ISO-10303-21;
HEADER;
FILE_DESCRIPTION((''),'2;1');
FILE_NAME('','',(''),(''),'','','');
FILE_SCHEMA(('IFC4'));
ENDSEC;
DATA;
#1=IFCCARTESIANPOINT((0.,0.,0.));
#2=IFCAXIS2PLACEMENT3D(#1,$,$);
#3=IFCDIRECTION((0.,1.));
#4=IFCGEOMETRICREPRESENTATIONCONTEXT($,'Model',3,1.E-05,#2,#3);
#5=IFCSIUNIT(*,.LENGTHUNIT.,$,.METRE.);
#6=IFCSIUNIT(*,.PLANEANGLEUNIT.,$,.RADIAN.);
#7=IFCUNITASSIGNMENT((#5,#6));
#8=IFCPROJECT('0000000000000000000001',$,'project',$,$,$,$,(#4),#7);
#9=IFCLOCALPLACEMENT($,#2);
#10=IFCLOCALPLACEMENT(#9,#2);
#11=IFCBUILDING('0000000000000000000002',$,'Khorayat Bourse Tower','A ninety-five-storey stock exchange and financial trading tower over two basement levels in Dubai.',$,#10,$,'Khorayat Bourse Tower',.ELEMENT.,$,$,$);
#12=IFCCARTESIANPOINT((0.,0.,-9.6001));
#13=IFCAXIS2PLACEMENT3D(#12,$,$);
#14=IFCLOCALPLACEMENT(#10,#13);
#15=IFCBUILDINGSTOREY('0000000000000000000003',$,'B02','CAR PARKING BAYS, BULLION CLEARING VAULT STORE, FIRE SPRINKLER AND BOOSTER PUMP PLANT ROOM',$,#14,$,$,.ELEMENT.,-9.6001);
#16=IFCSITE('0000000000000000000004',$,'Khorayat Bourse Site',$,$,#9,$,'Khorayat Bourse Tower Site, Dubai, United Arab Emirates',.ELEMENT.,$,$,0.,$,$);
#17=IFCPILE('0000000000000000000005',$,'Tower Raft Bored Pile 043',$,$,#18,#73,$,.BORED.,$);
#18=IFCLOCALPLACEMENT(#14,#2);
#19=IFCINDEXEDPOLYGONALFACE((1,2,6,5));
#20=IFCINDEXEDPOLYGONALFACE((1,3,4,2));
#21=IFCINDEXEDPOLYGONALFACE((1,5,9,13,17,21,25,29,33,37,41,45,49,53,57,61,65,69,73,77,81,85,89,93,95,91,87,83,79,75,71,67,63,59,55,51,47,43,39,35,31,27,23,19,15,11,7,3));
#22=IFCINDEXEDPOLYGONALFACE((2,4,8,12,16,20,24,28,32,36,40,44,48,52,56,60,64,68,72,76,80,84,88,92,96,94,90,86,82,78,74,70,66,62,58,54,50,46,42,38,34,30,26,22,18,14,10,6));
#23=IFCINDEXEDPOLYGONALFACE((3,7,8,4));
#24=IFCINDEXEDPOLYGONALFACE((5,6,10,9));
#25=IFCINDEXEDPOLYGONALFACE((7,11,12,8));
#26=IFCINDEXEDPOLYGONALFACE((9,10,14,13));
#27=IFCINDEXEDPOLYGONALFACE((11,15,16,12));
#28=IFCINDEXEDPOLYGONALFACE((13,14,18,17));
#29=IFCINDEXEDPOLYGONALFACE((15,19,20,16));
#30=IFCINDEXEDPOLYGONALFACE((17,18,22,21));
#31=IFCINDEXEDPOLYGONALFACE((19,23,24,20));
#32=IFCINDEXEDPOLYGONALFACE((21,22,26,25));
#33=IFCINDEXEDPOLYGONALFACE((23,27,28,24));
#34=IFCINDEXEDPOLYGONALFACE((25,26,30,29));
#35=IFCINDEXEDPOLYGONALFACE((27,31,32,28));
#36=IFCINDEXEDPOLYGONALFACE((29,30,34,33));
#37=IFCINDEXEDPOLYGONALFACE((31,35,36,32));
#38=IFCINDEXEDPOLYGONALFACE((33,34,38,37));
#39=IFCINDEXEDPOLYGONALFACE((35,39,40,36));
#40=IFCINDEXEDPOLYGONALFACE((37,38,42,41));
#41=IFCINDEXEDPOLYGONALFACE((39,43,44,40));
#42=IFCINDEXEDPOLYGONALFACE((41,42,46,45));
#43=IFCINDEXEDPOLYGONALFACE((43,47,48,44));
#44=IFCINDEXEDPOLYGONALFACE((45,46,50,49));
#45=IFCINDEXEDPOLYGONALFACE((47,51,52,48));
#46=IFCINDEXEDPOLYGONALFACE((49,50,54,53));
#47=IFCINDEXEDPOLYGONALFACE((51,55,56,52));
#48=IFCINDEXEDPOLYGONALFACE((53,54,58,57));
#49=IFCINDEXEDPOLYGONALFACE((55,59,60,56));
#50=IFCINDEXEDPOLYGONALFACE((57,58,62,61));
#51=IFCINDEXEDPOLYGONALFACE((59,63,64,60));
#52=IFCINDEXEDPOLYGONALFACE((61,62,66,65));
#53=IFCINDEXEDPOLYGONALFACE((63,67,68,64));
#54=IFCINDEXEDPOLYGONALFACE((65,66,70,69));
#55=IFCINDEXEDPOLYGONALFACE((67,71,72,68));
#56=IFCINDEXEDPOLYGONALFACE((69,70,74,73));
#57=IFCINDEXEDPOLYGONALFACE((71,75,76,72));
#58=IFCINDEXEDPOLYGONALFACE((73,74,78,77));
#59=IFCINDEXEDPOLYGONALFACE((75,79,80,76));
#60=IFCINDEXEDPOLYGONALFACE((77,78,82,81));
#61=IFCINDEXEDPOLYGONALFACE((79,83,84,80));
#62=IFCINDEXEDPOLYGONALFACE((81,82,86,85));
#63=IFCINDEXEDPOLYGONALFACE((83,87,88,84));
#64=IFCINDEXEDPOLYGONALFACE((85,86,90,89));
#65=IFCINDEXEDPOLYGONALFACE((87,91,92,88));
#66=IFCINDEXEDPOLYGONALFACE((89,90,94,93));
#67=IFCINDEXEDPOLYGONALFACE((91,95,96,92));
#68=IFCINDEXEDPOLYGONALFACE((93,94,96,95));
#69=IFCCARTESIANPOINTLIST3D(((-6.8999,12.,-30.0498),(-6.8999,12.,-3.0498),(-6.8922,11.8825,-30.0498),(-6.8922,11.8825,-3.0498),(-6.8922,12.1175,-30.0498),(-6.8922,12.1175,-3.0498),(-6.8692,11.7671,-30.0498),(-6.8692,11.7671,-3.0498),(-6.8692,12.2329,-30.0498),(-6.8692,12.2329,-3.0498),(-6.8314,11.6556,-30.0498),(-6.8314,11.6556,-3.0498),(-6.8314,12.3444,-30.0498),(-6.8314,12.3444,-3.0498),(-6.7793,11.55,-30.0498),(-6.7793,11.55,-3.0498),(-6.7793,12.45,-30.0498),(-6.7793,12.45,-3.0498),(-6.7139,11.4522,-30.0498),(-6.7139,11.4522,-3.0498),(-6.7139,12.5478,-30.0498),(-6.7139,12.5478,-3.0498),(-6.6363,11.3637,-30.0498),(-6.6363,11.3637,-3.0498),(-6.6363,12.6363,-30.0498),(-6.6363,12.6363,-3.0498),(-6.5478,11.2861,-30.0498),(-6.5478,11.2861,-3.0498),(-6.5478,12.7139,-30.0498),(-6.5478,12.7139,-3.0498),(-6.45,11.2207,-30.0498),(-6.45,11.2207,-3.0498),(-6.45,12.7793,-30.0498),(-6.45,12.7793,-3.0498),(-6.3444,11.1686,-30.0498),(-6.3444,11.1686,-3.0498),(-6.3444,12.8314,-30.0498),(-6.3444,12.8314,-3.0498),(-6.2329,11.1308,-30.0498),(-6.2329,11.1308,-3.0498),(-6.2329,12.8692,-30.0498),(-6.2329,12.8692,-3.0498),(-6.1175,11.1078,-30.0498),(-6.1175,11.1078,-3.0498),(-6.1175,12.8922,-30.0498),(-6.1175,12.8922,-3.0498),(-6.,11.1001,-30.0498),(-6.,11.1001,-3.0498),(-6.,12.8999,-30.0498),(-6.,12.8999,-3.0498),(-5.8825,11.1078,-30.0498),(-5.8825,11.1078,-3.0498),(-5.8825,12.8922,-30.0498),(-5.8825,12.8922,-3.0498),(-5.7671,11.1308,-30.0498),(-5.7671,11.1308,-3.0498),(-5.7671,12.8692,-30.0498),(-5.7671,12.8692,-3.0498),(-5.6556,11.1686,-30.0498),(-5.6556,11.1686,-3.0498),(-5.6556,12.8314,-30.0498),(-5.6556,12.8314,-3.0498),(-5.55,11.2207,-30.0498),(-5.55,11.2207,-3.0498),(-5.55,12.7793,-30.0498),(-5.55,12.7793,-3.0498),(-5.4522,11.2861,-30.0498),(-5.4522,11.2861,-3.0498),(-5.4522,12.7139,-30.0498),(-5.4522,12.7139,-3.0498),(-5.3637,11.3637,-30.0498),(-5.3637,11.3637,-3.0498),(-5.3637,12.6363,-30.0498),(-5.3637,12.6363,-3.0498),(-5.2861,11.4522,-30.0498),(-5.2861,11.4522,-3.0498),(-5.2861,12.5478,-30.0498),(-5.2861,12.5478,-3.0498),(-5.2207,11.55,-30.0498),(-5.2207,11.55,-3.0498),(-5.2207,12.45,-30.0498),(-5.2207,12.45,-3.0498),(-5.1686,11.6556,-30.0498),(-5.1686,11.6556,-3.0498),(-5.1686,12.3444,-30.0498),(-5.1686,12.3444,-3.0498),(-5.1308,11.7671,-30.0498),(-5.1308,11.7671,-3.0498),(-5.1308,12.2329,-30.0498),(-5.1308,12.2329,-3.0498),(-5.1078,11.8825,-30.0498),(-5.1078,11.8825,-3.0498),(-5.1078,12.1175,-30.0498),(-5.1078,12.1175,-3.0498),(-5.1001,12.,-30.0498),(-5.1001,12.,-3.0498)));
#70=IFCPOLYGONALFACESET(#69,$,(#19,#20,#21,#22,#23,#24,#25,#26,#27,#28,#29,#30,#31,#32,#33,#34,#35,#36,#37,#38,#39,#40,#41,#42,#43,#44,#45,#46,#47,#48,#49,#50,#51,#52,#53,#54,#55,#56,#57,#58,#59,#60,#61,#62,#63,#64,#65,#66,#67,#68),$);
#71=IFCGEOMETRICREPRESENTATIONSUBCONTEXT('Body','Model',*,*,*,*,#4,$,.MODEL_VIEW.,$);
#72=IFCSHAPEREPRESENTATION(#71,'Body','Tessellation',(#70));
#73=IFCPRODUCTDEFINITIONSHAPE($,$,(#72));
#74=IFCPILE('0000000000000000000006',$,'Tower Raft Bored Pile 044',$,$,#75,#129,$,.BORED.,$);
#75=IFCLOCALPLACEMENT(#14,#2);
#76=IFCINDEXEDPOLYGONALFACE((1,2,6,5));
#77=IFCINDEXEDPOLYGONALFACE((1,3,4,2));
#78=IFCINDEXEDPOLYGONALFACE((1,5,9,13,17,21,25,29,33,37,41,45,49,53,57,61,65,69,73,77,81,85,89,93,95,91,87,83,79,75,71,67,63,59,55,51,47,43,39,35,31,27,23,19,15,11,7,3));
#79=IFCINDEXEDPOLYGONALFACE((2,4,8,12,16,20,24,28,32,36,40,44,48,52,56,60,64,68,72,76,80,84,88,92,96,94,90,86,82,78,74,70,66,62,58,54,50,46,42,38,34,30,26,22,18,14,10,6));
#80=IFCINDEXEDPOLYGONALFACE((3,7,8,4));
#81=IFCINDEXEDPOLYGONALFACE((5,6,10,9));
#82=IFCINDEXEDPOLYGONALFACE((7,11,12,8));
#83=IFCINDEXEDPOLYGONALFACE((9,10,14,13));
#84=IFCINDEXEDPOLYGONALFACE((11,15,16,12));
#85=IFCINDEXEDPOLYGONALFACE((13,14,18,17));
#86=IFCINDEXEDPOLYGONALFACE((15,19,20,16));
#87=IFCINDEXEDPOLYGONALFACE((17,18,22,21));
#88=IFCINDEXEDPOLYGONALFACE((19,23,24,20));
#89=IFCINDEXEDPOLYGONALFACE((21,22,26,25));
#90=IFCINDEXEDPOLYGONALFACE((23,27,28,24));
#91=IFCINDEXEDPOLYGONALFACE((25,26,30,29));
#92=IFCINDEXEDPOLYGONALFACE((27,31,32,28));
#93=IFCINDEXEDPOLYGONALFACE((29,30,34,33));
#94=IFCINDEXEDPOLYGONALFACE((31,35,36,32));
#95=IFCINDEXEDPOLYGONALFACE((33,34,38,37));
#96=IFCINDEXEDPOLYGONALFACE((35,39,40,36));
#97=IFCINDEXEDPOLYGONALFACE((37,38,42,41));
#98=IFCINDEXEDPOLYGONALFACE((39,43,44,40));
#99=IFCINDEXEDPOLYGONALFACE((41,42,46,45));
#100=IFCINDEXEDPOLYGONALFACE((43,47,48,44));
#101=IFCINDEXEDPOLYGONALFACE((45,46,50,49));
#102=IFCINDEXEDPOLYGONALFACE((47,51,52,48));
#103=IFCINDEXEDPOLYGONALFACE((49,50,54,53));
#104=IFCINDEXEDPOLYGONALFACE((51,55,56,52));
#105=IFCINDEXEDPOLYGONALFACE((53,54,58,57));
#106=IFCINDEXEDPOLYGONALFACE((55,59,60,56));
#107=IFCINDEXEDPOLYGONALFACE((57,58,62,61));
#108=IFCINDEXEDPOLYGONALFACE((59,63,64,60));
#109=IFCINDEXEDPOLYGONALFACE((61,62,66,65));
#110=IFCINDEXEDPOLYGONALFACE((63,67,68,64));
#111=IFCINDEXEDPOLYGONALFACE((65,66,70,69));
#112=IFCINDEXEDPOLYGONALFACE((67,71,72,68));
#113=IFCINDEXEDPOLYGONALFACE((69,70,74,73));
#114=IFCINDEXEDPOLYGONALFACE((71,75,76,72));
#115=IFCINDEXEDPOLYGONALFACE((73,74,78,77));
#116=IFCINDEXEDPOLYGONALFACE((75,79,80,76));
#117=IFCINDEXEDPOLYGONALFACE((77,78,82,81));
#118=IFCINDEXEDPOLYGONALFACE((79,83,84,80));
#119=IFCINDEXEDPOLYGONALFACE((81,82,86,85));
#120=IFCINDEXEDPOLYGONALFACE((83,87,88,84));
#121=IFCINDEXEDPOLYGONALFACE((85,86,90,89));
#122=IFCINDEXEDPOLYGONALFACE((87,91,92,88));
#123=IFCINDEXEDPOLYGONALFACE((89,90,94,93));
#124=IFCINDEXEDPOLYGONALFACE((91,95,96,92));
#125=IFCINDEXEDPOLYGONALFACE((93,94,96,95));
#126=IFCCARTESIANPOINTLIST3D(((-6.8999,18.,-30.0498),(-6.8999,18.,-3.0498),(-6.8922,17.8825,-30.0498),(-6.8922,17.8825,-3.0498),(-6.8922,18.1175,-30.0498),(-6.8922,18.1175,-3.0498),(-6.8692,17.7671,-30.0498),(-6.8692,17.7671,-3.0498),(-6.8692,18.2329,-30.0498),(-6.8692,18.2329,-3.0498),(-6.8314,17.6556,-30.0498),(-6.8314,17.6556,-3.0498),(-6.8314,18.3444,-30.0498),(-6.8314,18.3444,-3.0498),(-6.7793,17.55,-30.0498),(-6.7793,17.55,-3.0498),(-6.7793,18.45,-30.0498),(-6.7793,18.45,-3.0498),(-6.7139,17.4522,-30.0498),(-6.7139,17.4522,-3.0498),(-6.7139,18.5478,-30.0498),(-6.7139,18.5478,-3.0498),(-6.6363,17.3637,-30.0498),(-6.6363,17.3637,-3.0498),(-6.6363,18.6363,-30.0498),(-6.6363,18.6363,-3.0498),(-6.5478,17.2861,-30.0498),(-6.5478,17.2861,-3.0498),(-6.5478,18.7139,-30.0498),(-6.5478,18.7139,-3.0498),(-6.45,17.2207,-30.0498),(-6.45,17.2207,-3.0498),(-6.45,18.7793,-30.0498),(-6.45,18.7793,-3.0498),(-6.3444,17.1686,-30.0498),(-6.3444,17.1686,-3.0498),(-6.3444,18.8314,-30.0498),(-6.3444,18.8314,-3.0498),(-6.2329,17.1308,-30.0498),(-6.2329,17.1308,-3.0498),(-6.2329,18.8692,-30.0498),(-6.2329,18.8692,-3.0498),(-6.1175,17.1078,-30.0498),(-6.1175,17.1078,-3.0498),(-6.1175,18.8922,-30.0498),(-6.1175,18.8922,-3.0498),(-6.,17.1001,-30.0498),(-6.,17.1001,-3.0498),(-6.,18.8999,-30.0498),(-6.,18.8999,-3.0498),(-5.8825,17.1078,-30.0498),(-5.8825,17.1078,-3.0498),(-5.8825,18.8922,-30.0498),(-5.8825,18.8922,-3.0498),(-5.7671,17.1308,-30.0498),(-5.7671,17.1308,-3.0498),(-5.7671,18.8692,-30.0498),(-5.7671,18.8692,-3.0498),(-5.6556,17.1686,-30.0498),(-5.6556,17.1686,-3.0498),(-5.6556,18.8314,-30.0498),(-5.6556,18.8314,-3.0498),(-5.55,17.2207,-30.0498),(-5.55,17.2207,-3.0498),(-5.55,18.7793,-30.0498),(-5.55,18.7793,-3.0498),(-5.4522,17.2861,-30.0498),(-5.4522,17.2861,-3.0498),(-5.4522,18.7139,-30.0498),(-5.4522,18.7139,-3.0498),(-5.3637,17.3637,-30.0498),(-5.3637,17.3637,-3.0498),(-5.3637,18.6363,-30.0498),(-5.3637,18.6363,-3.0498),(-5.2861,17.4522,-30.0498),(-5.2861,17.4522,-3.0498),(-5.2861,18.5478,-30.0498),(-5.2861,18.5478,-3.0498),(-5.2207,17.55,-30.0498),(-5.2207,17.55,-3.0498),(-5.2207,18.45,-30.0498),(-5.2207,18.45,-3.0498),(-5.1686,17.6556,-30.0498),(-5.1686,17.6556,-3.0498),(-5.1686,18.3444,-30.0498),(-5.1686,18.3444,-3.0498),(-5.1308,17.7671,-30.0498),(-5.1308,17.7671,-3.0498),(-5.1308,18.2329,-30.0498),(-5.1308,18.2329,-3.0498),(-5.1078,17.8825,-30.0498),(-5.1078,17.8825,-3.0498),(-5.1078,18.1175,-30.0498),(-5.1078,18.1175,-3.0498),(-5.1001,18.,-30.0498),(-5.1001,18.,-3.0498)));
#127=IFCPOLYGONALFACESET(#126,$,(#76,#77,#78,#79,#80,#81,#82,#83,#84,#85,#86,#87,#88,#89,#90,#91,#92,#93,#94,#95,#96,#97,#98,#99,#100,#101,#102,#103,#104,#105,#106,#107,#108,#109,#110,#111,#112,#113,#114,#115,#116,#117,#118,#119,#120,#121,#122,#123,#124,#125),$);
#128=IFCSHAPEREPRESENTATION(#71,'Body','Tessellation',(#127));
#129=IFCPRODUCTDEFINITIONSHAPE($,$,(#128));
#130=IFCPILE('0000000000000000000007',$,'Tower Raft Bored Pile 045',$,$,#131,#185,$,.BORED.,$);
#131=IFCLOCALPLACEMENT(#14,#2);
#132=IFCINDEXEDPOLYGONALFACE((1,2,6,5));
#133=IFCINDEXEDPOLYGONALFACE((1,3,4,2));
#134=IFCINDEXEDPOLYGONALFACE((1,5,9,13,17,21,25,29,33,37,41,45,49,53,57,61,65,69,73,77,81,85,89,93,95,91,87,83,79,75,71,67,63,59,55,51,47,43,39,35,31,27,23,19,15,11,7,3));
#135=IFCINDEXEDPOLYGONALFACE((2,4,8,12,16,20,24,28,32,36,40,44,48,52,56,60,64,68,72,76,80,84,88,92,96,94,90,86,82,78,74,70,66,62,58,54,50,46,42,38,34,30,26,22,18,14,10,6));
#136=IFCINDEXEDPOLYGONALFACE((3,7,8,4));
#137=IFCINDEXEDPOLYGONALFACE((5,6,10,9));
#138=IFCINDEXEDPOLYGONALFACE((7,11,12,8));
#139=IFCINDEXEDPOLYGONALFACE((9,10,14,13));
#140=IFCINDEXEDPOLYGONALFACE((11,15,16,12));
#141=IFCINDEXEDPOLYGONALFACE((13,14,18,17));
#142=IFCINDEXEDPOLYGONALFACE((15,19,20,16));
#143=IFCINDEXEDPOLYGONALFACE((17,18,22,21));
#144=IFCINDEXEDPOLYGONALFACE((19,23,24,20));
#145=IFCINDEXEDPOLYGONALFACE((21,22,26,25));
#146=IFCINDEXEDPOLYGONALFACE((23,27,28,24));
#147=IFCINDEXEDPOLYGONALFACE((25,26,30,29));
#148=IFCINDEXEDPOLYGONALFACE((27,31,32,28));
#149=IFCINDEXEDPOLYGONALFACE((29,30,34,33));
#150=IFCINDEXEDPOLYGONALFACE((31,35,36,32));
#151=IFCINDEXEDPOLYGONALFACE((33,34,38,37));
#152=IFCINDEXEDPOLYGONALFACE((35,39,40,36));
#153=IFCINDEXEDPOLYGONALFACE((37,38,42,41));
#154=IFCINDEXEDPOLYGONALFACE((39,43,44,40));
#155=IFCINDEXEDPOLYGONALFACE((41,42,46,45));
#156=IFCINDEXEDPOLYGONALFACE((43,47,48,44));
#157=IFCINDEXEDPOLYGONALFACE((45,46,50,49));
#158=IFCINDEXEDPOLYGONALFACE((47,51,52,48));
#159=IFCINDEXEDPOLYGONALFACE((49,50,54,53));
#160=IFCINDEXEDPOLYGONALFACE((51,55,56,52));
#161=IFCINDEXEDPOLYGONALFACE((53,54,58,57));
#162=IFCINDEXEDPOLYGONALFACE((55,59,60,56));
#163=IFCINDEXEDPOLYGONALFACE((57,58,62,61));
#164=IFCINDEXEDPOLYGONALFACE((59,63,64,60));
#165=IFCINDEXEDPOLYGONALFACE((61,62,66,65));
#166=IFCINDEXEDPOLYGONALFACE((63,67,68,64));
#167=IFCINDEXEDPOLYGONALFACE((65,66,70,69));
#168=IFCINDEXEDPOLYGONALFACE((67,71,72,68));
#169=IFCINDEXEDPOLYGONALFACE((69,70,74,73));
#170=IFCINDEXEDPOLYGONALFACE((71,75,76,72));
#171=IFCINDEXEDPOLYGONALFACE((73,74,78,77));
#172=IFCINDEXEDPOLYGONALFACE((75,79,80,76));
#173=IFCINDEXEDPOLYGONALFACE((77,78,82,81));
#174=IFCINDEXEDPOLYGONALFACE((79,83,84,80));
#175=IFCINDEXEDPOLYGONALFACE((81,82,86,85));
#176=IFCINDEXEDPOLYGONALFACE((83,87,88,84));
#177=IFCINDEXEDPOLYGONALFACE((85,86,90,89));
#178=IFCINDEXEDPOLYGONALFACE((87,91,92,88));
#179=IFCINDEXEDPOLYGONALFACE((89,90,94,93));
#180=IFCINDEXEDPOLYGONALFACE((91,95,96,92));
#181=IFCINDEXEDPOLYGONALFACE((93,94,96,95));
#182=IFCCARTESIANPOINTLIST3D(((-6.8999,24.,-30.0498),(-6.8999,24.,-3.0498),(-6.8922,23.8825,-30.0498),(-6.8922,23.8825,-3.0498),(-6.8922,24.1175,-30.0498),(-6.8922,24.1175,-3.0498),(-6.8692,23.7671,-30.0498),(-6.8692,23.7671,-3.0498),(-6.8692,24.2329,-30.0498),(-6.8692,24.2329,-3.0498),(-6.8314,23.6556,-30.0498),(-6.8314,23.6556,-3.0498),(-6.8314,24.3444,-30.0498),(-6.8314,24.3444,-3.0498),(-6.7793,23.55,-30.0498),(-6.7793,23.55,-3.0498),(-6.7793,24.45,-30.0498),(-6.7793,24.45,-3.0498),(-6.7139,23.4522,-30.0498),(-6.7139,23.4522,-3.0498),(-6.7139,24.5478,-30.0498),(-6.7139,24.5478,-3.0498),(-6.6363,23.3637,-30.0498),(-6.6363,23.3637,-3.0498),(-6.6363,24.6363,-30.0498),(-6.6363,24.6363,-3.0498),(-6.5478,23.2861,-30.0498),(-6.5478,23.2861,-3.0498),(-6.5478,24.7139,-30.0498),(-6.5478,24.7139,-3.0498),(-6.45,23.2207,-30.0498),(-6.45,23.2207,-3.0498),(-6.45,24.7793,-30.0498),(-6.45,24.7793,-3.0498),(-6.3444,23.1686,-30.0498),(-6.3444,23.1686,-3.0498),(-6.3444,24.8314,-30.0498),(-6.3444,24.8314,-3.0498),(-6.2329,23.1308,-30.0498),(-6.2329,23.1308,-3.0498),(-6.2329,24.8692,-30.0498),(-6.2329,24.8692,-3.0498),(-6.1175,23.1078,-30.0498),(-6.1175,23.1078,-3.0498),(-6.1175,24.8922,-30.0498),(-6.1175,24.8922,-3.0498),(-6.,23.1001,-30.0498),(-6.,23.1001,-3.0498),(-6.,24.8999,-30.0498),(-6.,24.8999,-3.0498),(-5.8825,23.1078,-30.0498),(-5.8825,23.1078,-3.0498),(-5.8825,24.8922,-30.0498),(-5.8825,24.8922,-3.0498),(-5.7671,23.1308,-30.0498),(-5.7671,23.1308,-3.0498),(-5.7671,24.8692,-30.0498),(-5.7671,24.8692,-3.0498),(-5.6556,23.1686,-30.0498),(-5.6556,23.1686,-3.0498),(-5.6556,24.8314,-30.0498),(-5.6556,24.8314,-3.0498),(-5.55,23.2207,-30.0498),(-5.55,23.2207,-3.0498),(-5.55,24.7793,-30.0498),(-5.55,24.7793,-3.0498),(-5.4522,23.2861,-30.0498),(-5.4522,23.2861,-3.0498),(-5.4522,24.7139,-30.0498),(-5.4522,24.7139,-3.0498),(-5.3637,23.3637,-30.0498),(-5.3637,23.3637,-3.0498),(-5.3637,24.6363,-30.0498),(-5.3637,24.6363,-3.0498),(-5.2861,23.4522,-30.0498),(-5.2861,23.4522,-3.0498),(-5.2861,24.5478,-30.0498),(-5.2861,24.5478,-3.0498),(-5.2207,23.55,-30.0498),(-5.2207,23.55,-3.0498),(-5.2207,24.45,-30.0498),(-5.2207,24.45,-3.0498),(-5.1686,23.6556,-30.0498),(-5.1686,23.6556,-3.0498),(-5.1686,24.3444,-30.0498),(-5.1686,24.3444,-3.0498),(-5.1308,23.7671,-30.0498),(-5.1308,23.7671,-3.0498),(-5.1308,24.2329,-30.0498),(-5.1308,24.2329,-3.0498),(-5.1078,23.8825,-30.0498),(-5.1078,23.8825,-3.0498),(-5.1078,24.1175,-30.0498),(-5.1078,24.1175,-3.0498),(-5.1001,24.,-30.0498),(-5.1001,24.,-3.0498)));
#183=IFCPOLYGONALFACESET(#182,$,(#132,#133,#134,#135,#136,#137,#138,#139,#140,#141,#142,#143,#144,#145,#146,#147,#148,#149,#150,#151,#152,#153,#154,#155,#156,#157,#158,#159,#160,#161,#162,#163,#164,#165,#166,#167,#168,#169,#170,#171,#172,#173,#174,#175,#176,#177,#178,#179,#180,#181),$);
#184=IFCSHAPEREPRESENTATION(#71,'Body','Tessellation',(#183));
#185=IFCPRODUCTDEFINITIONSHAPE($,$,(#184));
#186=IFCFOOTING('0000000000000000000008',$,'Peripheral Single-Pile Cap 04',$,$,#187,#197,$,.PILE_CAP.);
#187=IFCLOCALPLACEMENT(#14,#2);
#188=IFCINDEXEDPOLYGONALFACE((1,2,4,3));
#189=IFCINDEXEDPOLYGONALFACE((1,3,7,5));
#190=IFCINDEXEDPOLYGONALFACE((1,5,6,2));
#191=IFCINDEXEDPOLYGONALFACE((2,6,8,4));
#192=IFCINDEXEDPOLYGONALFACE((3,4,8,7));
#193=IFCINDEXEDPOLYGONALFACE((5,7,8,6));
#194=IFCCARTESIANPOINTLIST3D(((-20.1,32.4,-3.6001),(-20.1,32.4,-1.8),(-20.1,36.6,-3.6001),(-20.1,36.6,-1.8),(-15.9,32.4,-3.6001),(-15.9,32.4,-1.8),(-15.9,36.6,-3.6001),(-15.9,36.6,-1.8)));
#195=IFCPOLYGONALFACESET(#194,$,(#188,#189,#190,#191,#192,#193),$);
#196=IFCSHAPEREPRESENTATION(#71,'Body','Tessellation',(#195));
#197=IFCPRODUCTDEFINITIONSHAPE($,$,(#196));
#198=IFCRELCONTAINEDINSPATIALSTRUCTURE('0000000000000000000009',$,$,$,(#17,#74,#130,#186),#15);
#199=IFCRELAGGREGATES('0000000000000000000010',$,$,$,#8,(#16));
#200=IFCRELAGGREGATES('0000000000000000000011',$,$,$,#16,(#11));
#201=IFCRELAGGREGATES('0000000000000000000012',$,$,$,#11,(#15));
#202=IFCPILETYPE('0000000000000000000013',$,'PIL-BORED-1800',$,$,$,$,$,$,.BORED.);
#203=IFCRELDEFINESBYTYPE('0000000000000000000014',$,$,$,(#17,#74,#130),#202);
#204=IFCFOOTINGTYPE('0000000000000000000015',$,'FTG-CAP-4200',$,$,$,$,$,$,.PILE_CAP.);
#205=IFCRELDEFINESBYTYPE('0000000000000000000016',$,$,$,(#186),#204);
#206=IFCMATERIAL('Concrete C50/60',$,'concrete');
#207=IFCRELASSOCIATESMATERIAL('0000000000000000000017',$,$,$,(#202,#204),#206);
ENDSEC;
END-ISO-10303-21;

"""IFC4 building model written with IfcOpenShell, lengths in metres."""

from ifc_helpers import new_model, si_unit, direction, frame, origin, origin_2d, place, context, subcontext, project, spatial, rectangle, circle, extrude, source, transform, mapped, material, material_profile, profile_set, type_object, element, save


model = new_model("IFC4")

# Units and contexts
model_context = context("Model", 3, precision=1e-05, world=origin(), true_north=direction((0.0, 1.0)))
body_context = subcontext(model_context, "Body", "Model", "MODEL_VIEW")
ifc_project = project(units=[si_unit("LENGTHUNIT", "METRE"), si_unit("PLANEANGLEUNIT", "RADIAN")], contexts=[model_context])

# Site, building, storey
site_placement = place(None, origin())
site = spatial("IfcSite", under=ifc_project, at=site_placement, Name="Khorayat Bourse Site", LongName="Khorayat Bourse Tower Site, Dubai, United Arab Emirates", CompositionType="ELEMENT", RefElevation=0.0)
building_placement = place(site_placement, origin())
building = spatial("IfcBuilding", under=site, at=building_placement, Name="Khorayat Bourse Tower", Description="A ninety-five-storey stock exchange and financial trading tower over two basement levels in Dubai.", LongName="Khorayat Bourse Tower", CompositionType="ELEMENT")
storey_placement = place(building_placement, frame((0.0, 0.0, -9.6001)))
storey = spatial("IfcBuildingStorey", under=building, at=storey_placement, Name="B02", Description="CAR PARKING BAYS, BULLION CLEARING VAULT STORE, FIRE SPRINKLER AND BOOSTER PUMP PLANT ROOM", CompositionType="ELEMENT", Elevation=-9.6001)

# Piles
ifc_material_1 = material(Name="Concrete C50/60", Category="concrete")
ifc_material_profile_1 = material_profile(ifc_material_1, circle(Radius=0.8999, at=origin_2d()), Name="BORED PILE D1800")
ifc_profile_set_1 = profile_set([ifc_material_profile_1], Name="Concrete C50/60")
pile_type_1 = type_object("IfcPileType", Name="PIL-BORED-1800", PredefinedType="BORED", material=ifc_profile_set_1)
shared_shape_1 = source(origin(), body_context, "Body", "SweptSolid", [
    extrude(circle(Radius=0.8999, at=origin_2d()), origin(), (0.0, 0.0, 1.0), 27.0),
])
for number, where, z_axis, x_axis, name in (
    (1, (-6.0, 12.0, -3.0498), (0.0, 0.0, -1.0), (1.0, 0.0, 0.0), "Tower Raft Bored Pile 043"),
    (2, (-6.0, 18.0, -3.0498), (0.0, 0.0, -1.0), (1.0, 0.0, 0.0), "Tower Raft Bored Pile 044"),
    (3, (-6.0, 24.0, -3.0498), (0.0, 0.0, -1.0), (1.0, 0.0, 0.0), "Tower Raft Bored Pile 045"),
):
    element("IfcPile", number, at=place(storey_placement, frame(where, z_axis=z_axis, x_axis=x_axis)), inside=storey, type_object=pile_type_1, Name=name, PredefinedType="BORED", context=body_context, shape_type="MappedRepresentation", body=[
        mapped(shared_shape_1, transform((0.0, 0.0, 0.0), scale=1.0)),
    ])

# Footing
footing_type_1 = type_object("IfcFootingType", Name="FTG-CAP-4200", PredefinedType="PILE_CAP", material=ifc_material_1)
shared_shape_2 = source(origin(), body_context, "Body", "SweptSolid", [
    extrude(rectangle(XDim=4.2, YDim=4.2, at=origin_2d()), origin(), (0.0, 0.0, 1.0), 1.8),
])
footing_1_placement = place(storey_placement, frame((-18.0, 34.5, -3.6001), z_axis=(0.0, 0.0, 1.0), x_axis=(1.0, 0.0, 0.0)))
element("IfcFooting", 4, at=footing_1_placement, inside=storey, type_object=footing_type_1, Name="Peripheral Single-Pile Cap 04", PredefinedType="PILE_CAP", context=body_context, shape_type="MappedRepresentation", body=[
    mapped(shared_shape_2, transform((0.0, 0.0, 0.0), scale=1.0)),
])

save(model, "model.ifc")
